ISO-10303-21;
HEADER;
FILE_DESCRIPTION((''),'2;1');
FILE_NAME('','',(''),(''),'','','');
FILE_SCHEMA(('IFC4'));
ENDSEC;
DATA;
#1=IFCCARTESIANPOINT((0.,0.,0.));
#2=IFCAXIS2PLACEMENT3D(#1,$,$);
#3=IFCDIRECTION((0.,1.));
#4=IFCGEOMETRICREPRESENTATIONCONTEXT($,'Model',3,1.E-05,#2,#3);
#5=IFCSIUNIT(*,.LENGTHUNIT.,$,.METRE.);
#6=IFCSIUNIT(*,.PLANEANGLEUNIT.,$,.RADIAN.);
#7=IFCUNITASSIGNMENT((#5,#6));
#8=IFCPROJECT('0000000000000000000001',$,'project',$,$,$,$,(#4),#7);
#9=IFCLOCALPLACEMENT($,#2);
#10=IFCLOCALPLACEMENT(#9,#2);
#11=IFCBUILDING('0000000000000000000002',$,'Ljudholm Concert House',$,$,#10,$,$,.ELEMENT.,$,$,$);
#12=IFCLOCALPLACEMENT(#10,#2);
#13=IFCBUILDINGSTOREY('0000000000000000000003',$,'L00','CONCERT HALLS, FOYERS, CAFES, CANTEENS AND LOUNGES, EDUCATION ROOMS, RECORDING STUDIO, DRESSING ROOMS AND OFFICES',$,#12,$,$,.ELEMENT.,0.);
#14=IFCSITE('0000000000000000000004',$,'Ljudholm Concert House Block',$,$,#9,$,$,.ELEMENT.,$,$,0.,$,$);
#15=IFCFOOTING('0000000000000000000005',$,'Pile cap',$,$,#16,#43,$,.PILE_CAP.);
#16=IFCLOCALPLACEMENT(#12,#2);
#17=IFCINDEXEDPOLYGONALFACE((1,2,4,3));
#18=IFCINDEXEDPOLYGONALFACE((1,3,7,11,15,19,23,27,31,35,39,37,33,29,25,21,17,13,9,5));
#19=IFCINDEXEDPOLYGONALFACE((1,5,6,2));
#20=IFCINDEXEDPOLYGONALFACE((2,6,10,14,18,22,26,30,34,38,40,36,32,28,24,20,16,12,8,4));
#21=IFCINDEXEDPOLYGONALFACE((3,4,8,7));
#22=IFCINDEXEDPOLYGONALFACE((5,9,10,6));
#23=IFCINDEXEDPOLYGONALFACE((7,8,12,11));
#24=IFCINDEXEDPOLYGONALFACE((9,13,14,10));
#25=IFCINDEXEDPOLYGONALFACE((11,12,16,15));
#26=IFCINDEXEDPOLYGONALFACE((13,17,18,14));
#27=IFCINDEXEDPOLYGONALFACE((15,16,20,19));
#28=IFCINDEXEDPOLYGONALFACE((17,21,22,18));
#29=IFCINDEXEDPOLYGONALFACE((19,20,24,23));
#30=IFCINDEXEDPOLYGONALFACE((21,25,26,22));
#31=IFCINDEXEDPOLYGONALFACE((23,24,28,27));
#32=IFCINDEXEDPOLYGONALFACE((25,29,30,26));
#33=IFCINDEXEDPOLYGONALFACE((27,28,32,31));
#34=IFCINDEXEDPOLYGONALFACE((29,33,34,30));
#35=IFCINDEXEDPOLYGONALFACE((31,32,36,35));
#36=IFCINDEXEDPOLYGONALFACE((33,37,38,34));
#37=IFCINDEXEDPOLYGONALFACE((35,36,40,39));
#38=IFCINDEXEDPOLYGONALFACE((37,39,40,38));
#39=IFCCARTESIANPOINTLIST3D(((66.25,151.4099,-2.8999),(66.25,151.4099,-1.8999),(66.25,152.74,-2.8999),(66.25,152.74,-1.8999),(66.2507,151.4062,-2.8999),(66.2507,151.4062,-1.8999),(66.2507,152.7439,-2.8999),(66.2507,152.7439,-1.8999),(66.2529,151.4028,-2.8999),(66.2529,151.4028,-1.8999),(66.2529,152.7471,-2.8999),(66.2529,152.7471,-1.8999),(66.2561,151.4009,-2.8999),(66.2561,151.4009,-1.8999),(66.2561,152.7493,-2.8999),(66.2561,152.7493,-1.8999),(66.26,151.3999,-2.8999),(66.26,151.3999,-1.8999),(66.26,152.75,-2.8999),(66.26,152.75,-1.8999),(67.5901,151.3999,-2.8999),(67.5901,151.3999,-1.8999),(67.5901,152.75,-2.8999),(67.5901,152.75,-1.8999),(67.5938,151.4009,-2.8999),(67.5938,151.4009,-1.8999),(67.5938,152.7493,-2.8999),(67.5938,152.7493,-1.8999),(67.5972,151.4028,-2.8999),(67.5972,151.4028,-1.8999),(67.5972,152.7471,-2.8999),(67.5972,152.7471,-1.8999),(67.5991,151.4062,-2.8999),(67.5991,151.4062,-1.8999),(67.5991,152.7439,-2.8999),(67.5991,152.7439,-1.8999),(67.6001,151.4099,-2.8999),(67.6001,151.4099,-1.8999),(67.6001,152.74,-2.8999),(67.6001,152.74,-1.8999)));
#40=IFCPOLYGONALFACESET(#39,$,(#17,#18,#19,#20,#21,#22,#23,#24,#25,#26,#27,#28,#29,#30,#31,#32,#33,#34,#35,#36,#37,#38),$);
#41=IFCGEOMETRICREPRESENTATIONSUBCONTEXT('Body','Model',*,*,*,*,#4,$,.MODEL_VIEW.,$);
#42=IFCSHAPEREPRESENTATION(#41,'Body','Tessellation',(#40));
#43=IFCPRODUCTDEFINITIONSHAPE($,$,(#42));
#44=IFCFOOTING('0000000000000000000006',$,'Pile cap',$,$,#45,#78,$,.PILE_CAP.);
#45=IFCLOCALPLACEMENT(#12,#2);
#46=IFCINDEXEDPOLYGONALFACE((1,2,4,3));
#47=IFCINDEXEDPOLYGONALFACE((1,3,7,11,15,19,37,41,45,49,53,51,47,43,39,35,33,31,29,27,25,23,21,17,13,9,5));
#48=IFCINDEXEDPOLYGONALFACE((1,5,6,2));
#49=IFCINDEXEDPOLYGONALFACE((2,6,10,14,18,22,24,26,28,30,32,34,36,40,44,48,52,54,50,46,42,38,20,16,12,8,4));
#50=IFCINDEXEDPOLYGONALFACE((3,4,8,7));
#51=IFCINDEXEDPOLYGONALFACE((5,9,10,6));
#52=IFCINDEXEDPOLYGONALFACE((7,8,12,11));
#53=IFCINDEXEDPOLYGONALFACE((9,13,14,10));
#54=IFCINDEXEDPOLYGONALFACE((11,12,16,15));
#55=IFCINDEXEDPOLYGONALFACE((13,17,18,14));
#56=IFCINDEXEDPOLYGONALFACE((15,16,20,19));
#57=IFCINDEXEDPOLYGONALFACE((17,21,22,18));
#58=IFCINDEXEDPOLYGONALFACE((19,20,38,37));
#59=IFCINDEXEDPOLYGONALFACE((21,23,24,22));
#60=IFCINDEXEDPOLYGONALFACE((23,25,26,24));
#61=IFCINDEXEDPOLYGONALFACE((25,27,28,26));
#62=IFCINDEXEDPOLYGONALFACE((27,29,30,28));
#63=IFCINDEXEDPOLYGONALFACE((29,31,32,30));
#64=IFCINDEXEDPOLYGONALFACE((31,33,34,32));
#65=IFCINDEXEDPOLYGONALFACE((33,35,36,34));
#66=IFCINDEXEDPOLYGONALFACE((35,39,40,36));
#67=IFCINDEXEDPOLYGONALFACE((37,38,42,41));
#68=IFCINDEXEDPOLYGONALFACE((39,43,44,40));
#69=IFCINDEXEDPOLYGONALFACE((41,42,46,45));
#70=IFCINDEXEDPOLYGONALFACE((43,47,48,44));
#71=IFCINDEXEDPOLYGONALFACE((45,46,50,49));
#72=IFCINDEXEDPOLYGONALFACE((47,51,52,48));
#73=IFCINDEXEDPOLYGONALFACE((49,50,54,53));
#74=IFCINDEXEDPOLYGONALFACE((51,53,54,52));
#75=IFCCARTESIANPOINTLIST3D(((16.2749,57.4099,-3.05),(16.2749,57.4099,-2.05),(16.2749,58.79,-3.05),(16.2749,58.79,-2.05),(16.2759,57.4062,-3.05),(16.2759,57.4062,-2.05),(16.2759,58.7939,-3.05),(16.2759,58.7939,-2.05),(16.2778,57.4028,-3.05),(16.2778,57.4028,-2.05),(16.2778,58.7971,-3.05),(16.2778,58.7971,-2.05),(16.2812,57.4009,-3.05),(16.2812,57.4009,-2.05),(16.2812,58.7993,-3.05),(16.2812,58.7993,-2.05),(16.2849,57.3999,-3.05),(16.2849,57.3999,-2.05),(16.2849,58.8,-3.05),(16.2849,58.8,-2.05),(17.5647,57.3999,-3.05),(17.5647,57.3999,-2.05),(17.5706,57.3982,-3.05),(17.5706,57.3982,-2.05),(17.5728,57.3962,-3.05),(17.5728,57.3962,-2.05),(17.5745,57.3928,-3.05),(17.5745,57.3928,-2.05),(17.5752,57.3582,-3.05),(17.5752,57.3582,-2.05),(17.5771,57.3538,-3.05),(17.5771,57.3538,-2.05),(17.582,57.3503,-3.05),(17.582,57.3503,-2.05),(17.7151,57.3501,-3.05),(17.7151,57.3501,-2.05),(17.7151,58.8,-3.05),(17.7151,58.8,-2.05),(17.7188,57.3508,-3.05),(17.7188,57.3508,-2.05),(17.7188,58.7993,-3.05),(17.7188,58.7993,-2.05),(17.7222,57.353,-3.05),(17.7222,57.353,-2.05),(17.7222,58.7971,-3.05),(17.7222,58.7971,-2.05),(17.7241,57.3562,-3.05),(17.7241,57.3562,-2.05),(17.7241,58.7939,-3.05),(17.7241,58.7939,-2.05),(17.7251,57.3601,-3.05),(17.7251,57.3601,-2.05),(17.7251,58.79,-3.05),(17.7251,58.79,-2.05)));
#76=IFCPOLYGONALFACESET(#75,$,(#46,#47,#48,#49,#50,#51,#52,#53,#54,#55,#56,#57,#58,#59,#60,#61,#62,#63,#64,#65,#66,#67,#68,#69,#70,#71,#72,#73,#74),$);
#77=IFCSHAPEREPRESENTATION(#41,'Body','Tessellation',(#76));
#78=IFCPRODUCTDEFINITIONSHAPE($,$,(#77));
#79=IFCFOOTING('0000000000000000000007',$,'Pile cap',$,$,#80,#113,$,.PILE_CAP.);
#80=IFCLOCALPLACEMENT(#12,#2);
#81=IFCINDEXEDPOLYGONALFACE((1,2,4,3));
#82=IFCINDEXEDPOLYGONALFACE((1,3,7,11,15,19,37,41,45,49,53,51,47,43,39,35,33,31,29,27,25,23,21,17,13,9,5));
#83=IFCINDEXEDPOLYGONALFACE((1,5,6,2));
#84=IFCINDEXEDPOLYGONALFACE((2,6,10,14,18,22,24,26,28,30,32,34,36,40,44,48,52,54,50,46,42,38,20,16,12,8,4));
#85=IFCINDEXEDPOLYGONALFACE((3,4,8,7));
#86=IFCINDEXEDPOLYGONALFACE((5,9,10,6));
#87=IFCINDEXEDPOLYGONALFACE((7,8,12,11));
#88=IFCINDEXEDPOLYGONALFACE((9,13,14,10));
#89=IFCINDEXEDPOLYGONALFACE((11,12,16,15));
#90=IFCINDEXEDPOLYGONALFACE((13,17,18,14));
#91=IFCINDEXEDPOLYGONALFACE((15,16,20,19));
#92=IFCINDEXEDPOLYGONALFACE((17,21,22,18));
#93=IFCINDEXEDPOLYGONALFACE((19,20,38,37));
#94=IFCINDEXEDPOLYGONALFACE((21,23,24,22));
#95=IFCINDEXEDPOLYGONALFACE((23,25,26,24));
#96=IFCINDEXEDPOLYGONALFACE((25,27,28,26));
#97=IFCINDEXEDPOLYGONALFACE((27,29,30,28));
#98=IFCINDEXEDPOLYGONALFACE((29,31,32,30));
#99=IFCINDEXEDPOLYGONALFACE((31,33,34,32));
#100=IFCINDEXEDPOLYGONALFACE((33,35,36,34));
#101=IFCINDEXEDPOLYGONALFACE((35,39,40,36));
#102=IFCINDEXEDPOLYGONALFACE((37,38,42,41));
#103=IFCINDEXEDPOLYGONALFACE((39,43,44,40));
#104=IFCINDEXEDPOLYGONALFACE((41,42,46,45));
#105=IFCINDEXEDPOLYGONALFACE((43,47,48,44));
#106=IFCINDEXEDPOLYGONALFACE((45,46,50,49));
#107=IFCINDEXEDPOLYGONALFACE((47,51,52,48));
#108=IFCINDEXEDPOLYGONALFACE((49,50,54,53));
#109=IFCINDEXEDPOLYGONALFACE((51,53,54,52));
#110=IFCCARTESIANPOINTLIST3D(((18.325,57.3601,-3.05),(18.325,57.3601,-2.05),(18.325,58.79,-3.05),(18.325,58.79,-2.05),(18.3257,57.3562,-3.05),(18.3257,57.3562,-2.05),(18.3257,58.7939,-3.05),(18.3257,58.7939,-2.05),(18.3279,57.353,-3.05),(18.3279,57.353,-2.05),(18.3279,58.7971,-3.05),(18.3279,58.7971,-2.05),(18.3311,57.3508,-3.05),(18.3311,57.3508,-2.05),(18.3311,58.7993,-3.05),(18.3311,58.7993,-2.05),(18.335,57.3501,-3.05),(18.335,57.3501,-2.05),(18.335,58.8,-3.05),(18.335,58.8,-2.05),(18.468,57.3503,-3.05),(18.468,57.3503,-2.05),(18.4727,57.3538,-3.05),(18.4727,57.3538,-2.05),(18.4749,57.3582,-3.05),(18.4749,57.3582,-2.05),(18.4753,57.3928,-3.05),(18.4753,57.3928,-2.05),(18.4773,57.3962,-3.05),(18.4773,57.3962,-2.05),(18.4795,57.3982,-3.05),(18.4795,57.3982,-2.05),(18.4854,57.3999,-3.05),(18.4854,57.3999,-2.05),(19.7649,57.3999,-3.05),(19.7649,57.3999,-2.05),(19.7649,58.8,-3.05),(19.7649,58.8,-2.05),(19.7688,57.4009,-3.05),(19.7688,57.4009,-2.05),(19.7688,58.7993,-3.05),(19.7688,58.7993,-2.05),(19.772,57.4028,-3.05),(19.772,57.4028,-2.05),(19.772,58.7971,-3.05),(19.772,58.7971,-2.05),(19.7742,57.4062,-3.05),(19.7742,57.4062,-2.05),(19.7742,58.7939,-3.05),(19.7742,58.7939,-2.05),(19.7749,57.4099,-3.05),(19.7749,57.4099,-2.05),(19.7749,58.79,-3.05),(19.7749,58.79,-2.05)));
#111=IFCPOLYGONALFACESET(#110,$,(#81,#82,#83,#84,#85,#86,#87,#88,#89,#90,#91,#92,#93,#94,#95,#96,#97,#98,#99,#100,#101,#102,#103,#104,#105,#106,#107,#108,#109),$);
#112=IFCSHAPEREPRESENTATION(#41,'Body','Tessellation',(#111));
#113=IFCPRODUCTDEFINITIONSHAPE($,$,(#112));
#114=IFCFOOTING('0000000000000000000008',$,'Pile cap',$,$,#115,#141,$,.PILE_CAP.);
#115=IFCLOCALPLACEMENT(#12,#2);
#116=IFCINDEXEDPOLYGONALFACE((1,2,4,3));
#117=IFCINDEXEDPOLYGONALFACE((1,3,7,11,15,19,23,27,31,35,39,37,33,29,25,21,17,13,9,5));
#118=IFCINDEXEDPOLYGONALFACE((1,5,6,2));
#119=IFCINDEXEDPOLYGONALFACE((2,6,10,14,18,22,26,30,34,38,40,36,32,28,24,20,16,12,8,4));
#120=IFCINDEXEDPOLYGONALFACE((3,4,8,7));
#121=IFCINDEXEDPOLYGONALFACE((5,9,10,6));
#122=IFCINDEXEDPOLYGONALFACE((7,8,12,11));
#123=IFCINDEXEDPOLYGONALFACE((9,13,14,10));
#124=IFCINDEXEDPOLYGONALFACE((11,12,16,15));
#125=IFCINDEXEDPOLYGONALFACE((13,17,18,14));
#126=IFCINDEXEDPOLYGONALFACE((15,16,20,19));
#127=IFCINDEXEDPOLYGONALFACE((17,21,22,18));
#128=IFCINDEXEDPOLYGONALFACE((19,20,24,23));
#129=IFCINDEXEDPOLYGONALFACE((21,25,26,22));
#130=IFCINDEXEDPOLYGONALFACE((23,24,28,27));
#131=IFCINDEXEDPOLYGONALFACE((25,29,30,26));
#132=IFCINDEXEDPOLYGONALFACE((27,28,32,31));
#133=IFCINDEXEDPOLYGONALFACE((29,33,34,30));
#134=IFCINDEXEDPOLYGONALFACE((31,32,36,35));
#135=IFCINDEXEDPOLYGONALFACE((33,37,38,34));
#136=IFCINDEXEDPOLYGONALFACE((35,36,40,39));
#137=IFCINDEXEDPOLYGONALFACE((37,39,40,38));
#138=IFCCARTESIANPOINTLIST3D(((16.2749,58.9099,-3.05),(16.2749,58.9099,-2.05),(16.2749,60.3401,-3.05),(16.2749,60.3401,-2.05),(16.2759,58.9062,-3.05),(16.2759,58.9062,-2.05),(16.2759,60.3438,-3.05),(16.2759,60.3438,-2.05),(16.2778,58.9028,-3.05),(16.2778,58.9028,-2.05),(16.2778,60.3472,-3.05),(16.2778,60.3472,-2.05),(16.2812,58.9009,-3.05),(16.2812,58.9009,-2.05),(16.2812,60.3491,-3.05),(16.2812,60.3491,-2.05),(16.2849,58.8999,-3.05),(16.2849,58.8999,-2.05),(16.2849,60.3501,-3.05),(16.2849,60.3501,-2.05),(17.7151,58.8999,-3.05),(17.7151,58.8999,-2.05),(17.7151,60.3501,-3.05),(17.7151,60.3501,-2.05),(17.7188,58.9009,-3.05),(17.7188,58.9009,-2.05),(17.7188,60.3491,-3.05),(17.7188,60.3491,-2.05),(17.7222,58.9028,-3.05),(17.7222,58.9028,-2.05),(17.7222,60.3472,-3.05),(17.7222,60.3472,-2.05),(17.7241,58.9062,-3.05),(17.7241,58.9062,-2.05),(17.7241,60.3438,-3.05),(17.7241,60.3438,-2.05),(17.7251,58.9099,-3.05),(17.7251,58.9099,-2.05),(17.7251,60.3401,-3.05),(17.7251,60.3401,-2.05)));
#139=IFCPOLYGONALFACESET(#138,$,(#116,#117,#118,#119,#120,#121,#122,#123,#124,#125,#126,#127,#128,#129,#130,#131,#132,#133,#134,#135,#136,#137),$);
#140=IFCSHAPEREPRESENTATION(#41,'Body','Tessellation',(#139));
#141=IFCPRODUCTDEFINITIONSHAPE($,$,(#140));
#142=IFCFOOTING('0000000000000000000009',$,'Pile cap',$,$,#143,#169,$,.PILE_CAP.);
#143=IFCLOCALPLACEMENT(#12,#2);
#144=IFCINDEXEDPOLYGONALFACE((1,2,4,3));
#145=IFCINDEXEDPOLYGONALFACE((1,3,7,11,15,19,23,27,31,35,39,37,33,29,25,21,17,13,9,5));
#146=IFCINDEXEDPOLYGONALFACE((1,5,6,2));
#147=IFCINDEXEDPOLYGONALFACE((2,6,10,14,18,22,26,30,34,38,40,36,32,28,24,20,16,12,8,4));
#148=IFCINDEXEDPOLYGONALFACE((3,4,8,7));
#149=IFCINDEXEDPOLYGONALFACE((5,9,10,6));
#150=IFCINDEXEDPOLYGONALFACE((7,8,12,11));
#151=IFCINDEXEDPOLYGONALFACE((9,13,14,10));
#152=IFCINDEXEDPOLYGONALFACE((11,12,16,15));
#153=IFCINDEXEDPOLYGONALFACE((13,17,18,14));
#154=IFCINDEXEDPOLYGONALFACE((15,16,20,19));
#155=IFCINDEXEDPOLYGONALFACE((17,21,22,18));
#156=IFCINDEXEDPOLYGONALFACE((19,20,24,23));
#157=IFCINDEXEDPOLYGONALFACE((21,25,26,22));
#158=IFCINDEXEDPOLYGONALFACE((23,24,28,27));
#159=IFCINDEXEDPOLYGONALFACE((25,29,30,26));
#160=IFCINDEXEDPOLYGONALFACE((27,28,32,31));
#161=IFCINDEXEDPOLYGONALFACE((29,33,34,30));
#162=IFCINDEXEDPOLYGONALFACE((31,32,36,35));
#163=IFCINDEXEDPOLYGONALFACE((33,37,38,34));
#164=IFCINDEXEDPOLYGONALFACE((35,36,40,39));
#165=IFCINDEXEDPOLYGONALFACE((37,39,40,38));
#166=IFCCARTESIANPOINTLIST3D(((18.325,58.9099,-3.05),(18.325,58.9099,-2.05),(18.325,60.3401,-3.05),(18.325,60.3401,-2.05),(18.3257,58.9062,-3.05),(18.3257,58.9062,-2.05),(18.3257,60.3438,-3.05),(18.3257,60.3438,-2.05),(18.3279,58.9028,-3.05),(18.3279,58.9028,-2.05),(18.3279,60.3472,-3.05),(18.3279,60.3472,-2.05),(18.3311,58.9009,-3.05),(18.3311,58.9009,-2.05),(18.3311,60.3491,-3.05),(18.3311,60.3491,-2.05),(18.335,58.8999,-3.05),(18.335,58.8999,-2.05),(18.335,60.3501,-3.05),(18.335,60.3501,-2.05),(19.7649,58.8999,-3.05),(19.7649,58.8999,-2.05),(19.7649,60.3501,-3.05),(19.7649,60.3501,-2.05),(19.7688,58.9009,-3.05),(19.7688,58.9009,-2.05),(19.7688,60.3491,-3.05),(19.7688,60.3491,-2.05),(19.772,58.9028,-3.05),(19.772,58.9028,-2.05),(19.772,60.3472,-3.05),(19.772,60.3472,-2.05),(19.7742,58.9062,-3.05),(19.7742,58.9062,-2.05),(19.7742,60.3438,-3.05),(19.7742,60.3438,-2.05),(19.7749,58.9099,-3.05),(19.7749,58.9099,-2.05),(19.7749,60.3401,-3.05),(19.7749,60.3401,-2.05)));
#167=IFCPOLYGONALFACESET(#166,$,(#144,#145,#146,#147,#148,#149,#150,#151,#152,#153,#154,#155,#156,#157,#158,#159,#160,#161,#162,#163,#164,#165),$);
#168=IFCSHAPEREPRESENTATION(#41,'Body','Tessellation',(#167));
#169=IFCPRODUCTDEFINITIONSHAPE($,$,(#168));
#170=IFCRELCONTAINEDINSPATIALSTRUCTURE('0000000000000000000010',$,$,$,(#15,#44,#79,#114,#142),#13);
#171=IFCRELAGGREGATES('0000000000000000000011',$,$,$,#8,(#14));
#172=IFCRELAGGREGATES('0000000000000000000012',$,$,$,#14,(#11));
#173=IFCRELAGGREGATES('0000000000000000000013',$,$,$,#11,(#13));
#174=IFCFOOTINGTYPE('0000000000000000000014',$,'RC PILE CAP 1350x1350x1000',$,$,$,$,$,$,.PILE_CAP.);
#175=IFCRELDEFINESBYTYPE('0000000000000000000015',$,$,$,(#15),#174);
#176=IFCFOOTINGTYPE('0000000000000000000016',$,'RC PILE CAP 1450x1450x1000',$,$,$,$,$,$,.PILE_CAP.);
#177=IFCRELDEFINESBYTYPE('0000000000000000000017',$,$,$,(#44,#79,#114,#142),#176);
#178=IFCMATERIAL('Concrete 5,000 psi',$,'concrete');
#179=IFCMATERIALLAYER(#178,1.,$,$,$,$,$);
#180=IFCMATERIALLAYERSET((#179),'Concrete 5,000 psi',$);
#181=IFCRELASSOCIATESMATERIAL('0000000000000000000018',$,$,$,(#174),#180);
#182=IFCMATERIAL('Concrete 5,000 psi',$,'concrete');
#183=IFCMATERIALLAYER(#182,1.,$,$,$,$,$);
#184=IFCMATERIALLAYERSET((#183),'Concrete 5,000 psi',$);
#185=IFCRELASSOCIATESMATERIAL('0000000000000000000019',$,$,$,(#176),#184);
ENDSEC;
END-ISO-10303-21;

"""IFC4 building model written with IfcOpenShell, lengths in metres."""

from ifc_helpers import new_model, si_unit, direction, frame, origin, place, context, subcontext, project, spatial, polyline, outline, extrude, material, layer, layer_set, type_object, element, save


model = new_model("IFC4")

# Units and contexts
model_context = context("Model", 3, precision=1e-05, world=origin(), true_north=direction((0.0, 1.0)))
body_context = subcontext(model_context, "Body", "Model", "MODEL_VIEW")
ifc_project = project(units=[si_unit("LENGTHUNIT", "METRE"), si_unit("PLANEANGLEUNIT", "RADIAN")], contexts=[model_context])

# Site, building, storey
site_placement = place(None, origin())
site = spatial("IfcSite", under=ifc_project, at=site_placement, Name="Ljudholm Concert House Block", CompositionType="ELEMENT", RefElevation=0.0)
building_placement = place(site_placement, origin())
building = spatial("IfcBuilding", under=site, at=building_placement, Name="Ljudholm Concert House", CompositionType="ELEMENT")
storey_placement = place(building_placement, origin())
storey = spatial("IfcBuildingStorey", under=building, at=storey_placement, Name="L00", Description="CONCERT HALLS, FOYERS, CAFES, CANTEENS AND LOUNGES, EDUCATION ROOMS, RECORDING STUDIO, DRESSING ROOMS AND OFFICES", CompositionType="ELEMENT", Elevation=0.0)

# Footings
ifc_material_1 = material(Name="Concrete 5,000 psi", Category="concrete")
ifc_layer_1 = layer(ifc_material_1, 1.0)
ifc_layer_set_1 = layer_set([ifc_layer_1], Name="Concrete 5,000 psi")
footing_type_1 = type_object("IfcFootingType", Name="RC PILE CAP 1350x1350x1000", PredefinedType="PILE_CAP", material=ifc_layer_set_1)
footing_1_placement = place(storey_placement, frame((0.0, 0.0, -2.8999)))
element("IfcFooting", 1, at=footing_1_placement, inside=storey, type_object=footing_type_1, Name="Pile cap", PredefinedType="PILE_CAP", context=body_context, shape_type="SweptSolid", body=[
    extrude(outline(polyline([(66.26, 151.3999), (67.5901, 151.3999), (67.5938, 151.4009), (67.5972, 151.4028), (67.5991, 151.4062), (67.6001, 151.4099), (67.6001, 152.74), (67.5991, 152.7439), (67.5972, 152.7471), (67.5938, 152.7493), (67.5901, 152.75), (66.26, 152.75), (66.2561, 152.7493), (66.2529, 152.7471), (66.2507, 152.7439), (66.25, 152.74), (66.25, 151.4099), (66.2507, 151.4062), (66.2529, 151.4028), (66.2561, 151.4009), (66.26, 151.3999)])), origin(), (0.0, 0.0, 1.0), 1.0),
])
ifc_material_2 = material(Name="Concrete 5,000 psi", Category="concrete")
ifc_layer_2 = layer(ifc_material_2, 1.0)
ifc_layer_set_2 = layer_set([ifc_layer_2], Name="Concrete 5,000 psi")
footing_type_2 = type_object("IfcFootingType", Name="RC PILE CAP 1450x1450x1000", PredefinedType="PILE_CAP", material=ifc_layer_set_2)
footing_2_placement = place(storey_placement, frame((0.0, 0.0, -3.05)))
element("IfcFooting", 2, at=footing_2_placement, inside=storey, type_object=footing_type_2, Name="Pile cap", PredefinedType="PILE_CAP", context=body_context, shape_type="SweptSolid", body=[
    extrude(outline(polyline([(16.2749, 58.79), (16.2749, 57.4099), (16.2759, 57.4062), (16.2778, 57.4028), (16.2812, 57.4009), (16.2849, 57.3999), (17.5647, 57.3999), (17.5706, 57.3982), (17.5728, 57.3962), (17.5745, 57.3928), (17.5752, 57.3582), (17.5771, 57.3538), (17.582, 57.3503), (17.7151, 57.3501), (17.7188, 57.3508), (17.7222, 57.353), (17.7241, 57.3562), (17.7251, 57.3601), (17.7251, 58.79), (17.7241, 58.7939), (17.7222, 58.7971), (17.7188, 58.7993), (17.7151, 58.8), (16.2849, 58.8), (16.2812, 58.7993), (16.2778, 58.7971), (16.2759, 58.7939), (16.2749, 58.79)])), origin(), (0.0, 0.0, 1.0), 1.0),
])
footing_3_placement = place(storey_placement, frame((0.0, 0.0, -3.05)))
element("IfcFooting", 3, at=footing_3_placement, inside=storey, type_object=footing_type_2, Name="Pile cap", PredefinedType="PILE_CAP", context=body_context, shape_type="SweptSolid", body=[
    extrude(outline(polyline([(18.335, 57.3501), (18.468, 57.3503), (18.4727, 57.3538), (18.4749, 57.3582), (18.4753, 57.3928), (18.4773, 57.3962), (18.4795, 57.3982), (18.4854, 57.3999), (19.7649, 57.3999), (19.7688, 57.4009), (19.772, 57.4028), (19.7742, 57.4062), (19.7749, 57.4099), (19.7749, 58.79), (19.7742, 58.7939), (19.772, 58.7971), (19.7688, 58.7993), (19.7649, 58.8), (18.335, 58.8), (18.3311, 58.7993), (18.3279, 58.7971), (18.3257, 58.7939), (18.325, 58.79), (18.325, 57.3601), (18.3257, 57.3562), (18.3279, 57.353), (18.3311, 57.3508), (18.335, 57.3501)])), origin(), (0.0, 0.0, 1.0), 1.0),
])
footing_4_placement = place(storey_placement, frame((0.0, 0.0, -3.05)))
element("IfcFooting", 4, at=footing_4_placement, inside=storey, type_object=footing_type_2, Name="Pile cap", PredefinedType="PILE_CAP", context=body_context, shape_type="SweptSolid", body=[
    extrude(outline(polyline([(16.2849, 58.8999), (17.7151, 58.8999), (17.7188, 58.9009), (17.7222, 58.9028), (17.7241, 58.9062), (17.7251, 58.9099), (17.7251, 60.3401), (17.7241, 60.3438), (17.7222, 60.3472), (17.7188, 60.3491), (17.7151, 60.3501), (16.2849, 60.3501), (16.2812, 60.3491), (16.2778, 60.3472), (16.2759, 60.3438), (16.2749, 60.3401), (16.2749, 58.9099), (16.2759, 58.9062), (16.2778, 58.9028), (16.2812, 58.9009), (16.2849, 58.8999)])), origin(), (0.0, 0.0, 1.0), 1.0),
])
footing_5_placement = place(storey_placement, frame((0.0, 0.0, -3.05)))
element("IfcFooting", 5, at=footing_5_placement, inside=storey, type_object=footing_type_2, Name="Pile cap", PredefinedType="PILE_CAP", context=body_context, shape_type="SweptSolid", body=[
    extrude(outline(polyline([(18.335, 58.8999), (19.7649, 58.8999), (19.7688, 58.9009), (19.772, 58.9028), (19.7742, 58.9062), (19.7749, 58.9099), (19.7749, 60.3401), (19.7742, 60.3438), (19.772, 60.3472), (19.7688, 60.3491), (19.7649, 60.3501), (18.335, 60.3501), (18.3311, 60.3491), (18.3279, 60.3472), (18.3257, 60.3438), (18.325, 60.3401), (18.325, 58.9099), (18.3257, 58.9062), (18.3279, 58.9028), (18.3311, 58.9009), (18.335, 58.8999)])), origin(), (0.0, 0.0, 1.0), 1.0),
])

save(model, "model.ifc")
